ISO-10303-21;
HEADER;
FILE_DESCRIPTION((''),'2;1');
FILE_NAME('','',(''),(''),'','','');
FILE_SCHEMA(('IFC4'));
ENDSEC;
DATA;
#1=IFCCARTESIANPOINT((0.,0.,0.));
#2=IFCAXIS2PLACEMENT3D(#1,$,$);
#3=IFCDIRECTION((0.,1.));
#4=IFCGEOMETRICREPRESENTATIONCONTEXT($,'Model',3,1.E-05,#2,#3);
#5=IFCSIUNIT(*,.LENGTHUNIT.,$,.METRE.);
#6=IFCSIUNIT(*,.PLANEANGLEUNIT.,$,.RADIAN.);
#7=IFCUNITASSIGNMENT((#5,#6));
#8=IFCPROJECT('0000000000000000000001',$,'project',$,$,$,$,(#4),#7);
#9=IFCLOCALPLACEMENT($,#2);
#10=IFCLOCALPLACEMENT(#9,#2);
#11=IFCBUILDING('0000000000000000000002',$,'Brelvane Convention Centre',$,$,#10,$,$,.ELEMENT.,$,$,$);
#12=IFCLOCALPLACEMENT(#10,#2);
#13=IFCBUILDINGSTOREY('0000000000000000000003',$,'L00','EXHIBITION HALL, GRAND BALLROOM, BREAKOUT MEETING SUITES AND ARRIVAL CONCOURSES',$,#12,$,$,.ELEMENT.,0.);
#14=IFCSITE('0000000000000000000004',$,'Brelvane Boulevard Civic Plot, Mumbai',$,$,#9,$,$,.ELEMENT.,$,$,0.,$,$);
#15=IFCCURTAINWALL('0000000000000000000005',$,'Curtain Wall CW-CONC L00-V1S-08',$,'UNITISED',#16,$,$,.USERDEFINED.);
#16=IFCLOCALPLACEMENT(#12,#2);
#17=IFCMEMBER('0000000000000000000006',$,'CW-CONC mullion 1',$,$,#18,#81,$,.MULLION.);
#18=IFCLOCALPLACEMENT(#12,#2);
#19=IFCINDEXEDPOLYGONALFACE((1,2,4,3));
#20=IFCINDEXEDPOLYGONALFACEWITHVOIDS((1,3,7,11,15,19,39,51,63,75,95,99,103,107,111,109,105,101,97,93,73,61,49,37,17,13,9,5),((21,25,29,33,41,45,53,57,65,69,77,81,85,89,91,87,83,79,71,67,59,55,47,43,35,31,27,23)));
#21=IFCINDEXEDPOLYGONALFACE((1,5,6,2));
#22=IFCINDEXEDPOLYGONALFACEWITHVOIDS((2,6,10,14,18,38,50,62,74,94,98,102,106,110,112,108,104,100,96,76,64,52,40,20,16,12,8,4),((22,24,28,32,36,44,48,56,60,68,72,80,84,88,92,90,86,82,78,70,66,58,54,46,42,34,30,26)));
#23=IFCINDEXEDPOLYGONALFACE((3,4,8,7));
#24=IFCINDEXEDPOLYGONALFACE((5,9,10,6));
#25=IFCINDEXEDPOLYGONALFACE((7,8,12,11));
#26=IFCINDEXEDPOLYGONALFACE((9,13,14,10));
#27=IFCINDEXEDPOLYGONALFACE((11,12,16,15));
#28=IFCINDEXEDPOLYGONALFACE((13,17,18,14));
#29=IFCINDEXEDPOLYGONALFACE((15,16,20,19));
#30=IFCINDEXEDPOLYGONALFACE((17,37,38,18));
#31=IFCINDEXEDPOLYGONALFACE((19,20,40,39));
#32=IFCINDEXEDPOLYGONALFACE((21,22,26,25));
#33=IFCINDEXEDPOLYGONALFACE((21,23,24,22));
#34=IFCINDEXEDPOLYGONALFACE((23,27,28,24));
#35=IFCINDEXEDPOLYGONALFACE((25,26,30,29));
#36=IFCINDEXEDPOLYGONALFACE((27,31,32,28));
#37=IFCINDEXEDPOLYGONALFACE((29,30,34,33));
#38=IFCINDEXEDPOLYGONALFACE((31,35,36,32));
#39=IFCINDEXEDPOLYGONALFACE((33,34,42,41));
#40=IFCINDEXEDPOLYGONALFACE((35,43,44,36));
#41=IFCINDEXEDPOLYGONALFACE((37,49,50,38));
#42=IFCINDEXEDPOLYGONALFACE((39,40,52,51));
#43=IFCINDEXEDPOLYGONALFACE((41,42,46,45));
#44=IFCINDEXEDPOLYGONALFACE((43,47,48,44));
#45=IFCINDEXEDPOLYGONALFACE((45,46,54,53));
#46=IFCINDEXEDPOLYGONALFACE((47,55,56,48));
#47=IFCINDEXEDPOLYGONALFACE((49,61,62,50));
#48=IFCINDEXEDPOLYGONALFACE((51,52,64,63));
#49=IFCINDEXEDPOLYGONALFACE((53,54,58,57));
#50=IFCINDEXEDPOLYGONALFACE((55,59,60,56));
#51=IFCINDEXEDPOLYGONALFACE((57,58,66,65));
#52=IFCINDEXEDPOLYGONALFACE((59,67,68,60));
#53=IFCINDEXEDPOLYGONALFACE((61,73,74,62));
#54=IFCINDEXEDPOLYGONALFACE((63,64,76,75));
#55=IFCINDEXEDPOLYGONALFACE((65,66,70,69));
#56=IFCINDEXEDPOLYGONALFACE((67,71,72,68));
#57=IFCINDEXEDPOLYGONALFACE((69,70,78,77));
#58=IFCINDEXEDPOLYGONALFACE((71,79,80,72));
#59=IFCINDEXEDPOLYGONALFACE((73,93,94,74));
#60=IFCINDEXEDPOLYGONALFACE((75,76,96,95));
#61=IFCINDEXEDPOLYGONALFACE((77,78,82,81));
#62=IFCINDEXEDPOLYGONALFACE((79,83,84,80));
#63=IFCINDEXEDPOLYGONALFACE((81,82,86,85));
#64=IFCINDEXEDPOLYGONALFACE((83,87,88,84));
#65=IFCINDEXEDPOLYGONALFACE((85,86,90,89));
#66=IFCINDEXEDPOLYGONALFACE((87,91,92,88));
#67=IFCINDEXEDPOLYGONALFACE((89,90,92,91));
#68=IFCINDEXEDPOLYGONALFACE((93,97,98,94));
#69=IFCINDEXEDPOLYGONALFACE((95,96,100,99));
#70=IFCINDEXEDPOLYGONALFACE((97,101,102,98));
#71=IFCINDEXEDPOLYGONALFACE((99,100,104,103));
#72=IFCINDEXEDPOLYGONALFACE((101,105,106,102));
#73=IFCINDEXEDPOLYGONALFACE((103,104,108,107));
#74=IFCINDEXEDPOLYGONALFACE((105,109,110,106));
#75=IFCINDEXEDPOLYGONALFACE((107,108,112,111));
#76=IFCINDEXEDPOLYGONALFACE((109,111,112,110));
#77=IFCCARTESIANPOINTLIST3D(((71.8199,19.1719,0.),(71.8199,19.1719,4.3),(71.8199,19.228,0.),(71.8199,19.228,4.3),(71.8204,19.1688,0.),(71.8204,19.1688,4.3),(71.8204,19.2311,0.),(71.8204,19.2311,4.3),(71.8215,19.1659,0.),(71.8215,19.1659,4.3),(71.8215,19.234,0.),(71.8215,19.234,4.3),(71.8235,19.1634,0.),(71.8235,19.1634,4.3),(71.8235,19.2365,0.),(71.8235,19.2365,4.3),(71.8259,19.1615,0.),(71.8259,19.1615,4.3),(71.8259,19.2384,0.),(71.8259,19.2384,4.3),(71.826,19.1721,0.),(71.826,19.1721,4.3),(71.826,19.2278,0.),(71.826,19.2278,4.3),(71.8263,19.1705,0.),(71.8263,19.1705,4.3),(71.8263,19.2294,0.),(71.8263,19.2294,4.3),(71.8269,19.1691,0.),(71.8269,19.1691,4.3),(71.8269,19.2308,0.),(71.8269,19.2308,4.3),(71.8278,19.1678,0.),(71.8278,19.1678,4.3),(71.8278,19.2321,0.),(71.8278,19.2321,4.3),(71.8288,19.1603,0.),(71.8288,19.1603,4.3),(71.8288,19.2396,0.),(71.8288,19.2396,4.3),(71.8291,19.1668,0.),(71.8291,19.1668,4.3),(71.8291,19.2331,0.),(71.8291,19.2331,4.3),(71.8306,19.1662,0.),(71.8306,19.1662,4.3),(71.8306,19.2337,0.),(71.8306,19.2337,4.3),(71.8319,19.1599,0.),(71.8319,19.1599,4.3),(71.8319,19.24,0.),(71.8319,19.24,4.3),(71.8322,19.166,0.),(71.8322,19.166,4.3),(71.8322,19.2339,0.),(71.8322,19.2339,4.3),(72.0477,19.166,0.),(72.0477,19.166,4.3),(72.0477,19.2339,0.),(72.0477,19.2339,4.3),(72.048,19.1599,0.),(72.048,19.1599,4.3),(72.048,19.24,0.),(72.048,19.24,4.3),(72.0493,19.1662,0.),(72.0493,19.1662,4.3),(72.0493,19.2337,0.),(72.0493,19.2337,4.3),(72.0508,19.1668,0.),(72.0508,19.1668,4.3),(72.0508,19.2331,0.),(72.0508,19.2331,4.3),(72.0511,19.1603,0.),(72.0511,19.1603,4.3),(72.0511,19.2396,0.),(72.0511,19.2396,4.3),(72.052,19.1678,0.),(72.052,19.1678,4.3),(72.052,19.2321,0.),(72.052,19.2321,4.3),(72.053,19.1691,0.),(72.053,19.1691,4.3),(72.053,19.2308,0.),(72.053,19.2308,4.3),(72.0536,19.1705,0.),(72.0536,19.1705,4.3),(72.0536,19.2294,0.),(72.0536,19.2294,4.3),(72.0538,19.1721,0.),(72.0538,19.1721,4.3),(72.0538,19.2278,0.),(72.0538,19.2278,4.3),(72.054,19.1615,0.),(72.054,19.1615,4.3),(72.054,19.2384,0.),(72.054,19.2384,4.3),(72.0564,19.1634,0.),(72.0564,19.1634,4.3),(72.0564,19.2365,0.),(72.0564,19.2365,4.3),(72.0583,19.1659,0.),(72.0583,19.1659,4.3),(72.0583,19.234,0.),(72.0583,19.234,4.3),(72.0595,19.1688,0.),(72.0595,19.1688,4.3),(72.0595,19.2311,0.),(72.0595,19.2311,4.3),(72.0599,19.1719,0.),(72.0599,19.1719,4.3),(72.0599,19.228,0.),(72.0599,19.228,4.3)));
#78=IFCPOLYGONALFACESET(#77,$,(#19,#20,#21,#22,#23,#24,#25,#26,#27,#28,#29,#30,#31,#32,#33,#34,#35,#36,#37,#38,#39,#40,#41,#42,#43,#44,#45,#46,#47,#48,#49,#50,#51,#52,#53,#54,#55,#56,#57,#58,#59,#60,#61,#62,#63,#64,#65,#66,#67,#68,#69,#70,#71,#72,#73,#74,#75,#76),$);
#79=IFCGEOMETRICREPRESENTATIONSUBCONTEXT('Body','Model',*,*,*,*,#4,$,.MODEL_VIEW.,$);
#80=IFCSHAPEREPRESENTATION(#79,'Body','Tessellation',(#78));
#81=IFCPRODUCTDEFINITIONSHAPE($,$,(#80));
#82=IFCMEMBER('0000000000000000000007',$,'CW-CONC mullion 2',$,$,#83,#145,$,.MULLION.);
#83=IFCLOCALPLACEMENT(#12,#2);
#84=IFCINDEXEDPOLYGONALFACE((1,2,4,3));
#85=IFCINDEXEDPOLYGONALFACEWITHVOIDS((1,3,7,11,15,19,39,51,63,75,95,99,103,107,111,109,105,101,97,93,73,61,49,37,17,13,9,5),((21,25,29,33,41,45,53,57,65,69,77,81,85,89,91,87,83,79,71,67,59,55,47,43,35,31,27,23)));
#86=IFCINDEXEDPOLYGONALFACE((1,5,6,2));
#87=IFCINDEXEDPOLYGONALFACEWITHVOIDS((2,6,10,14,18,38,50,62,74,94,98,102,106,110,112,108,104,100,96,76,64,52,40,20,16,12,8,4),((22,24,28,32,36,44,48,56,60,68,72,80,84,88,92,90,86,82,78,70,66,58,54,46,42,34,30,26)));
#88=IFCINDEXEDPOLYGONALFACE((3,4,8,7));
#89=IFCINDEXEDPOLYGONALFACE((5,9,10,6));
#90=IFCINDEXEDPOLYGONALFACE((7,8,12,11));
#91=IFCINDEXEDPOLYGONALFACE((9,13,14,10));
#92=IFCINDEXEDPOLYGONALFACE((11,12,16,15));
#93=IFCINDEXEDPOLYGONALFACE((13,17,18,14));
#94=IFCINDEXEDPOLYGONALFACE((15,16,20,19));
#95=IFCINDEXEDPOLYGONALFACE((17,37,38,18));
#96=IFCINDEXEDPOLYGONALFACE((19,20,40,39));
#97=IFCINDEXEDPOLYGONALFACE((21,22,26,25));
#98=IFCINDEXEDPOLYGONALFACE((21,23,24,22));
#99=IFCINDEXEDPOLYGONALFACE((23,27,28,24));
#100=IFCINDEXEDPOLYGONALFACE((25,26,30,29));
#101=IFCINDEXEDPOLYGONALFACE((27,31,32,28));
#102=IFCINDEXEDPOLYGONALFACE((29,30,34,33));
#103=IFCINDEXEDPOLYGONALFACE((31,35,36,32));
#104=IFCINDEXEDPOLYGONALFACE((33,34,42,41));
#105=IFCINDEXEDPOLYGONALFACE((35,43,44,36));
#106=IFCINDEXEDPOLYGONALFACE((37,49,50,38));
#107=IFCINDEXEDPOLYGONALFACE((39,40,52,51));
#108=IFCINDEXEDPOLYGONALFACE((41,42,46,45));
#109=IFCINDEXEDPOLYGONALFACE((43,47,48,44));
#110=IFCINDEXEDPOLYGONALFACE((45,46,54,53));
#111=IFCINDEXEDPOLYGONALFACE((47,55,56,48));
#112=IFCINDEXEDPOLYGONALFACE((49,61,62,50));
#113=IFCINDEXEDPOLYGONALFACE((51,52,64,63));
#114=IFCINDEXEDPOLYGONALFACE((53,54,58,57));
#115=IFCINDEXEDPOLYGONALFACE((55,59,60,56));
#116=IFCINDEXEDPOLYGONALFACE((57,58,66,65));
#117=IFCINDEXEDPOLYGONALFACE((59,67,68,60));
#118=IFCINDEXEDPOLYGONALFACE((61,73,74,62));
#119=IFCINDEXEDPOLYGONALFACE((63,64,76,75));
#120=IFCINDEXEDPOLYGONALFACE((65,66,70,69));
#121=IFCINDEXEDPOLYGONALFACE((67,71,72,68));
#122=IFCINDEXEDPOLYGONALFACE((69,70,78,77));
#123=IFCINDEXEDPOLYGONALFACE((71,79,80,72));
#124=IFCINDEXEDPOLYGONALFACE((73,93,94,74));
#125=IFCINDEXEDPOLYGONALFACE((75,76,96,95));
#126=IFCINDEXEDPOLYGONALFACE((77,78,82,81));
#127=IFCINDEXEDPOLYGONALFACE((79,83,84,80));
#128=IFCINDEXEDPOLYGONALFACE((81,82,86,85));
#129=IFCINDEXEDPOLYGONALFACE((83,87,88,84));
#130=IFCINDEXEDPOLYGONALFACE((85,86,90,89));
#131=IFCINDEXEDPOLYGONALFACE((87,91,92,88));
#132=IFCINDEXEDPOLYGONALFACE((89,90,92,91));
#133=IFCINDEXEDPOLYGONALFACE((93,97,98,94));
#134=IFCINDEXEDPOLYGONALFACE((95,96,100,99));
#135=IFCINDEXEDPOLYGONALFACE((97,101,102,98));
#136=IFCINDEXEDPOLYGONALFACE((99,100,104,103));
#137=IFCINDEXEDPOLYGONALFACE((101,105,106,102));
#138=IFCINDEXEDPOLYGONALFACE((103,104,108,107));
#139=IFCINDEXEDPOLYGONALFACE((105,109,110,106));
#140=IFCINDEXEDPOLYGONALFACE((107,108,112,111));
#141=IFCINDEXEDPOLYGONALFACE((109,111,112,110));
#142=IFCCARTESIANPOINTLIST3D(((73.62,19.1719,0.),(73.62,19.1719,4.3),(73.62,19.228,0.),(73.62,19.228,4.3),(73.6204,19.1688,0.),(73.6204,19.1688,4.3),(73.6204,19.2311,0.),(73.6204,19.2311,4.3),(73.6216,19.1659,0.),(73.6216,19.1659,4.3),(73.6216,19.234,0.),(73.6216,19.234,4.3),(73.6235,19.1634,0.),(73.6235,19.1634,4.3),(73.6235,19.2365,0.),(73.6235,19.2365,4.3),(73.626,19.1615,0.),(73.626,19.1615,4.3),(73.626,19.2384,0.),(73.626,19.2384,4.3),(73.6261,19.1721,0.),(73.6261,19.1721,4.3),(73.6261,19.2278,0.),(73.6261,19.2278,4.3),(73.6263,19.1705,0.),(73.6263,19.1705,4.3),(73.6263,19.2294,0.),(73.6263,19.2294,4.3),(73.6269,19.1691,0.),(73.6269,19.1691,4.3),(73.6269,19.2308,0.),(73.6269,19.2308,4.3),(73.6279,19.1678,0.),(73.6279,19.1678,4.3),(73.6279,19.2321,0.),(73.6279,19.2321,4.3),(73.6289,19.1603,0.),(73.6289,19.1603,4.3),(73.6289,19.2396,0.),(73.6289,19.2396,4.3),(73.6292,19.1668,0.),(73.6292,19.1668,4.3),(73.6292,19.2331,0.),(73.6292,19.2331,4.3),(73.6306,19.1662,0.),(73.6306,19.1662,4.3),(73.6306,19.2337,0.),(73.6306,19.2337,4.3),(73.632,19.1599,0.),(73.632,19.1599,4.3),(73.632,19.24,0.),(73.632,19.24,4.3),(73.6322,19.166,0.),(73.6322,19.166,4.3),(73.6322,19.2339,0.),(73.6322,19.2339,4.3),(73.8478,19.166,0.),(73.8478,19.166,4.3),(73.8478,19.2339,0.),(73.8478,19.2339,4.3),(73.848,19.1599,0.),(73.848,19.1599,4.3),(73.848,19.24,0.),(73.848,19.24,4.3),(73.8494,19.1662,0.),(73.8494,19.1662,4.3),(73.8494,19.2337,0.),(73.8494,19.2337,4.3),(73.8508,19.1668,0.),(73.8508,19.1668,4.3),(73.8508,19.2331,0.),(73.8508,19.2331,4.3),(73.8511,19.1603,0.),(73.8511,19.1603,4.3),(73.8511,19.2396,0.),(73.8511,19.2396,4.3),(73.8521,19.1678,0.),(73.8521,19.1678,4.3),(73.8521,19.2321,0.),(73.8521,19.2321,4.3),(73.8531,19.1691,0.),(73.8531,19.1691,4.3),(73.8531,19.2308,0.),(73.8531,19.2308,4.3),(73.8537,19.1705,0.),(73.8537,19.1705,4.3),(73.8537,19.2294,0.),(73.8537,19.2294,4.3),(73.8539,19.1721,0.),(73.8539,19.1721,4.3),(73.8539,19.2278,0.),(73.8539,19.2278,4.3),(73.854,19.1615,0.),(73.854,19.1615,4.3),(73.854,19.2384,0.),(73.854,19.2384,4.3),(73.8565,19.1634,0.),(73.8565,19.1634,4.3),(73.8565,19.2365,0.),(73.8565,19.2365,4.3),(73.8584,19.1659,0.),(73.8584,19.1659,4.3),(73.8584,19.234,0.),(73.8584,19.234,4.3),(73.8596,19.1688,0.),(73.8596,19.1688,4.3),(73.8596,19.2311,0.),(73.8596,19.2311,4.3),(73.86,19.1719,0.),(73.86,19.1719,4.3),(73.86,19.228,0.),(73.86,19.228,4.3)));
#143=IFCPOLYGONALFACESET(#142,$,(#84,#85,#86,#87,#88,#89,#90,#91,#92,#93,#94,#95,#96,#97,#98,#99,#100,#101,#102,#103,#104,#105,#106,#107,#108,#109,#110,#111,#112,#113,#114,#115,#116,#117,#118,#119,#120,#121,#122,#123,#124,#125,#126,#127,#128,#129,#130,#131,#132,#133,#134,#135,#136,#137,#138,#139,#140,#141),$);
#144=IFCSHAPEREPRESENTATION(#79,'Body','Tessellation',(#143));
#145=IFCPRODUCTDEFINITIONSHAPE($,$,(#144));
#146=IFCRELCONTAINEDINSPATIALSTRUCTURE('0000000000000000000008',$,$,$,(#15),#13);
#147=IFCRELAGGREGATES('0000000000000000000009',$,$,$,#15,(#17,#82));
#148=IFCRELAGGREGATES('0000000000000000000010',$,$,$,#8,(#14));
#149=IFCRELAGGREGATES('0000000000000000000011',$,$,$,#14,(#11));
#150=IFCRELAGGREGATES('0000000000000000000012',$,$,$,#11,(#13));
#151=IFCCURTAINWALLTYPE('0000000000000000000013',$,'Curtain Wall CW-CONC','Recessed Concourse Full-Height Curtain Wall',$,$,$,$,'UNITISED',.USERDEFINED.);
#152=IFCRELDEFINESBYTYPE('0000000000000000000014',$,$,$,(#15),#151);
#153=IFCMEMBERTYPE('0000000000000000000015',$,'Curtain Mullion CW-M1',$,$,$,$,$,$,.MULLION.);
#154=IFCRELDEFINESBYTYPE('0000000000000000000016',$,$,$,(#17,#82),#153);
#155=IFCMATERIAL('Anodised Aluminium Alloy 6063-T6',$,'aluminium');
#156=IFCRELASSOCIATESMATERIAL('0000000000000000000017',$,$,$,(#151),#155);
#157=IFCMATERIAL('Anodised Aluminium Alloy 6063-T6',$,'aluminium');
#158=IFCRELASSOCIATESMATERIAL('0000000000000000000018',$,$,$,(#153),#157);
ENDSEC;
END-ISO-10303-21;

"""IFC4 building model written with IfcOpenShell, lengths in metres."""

from ifc_helpers import new_model, si_unit, direction, frame, origin, origin_2d, place, context, subcontext, project, spatial, hollow_rectangle, extrude, material, material_profile, profile_set, type_object, element, aggregate, save


model = new_model("IFC4")

# Units and contexts
model_context = context("Model", 3, precision=1e-05, world=origin(), true_north=direction((0.0, 1.0)))
body_context = subcontext(model_context, "Body", "Model", "MODEL_VIEW")
ifc_project = project(units=[si_unit("LENGTHUNIT", "METRE"), si_unit("PLANEANGLEUNIT", "RADIAN")], contexts=[model_context])

# Site, building, storey
site_placement = place(None, origin())
site = spatial("IfcSite", under=ifc_project, at=site_placement, Name="Brelvane Boulevard Civic Plot, Mumbai", CompositionType="ELEMENT", RefElevation=0.0)
building_placement = place(site_placement, origin())
building = spatial("IfcBuilding", under=site, at=building_placement, Name="Brelvane Convention Centre", CompositionType="ELEMENT")
storey_placement = place(building_placement, origin())
storey = spatial("IfcBuildingStorey", under=building, at=storey_placement, Name="L00", Description="EXHIBITION HALL, GRAND BALLROOM, BREAKOUT MEETING SUITES AND ARRIVAL CONCOURSES", CompositionType="ELEMENT", Elevation=0.0)

# Curtain wall, members
ifc_material_1 = material(Name="Anodised Aluminium Alloy 6063-T6", Category="aluminium")
curtain_wall_type = type_object("IfcCurtainWallType", Name="Curtain Wall CW-CONC", Description="Recessed Concourse Full-Height Curtain Wall", ElementType="UNITISED", PredefinedType="USERDEFINED", material=ifc_material_1)
curtain_wall_placement = place(storey_placement, origin())
curtain_wall = element("IfcCurtainWall", 1, at=curtain_wall_placement, inside=storey, type_object=curtain_wall_type, Name="Curtain Wall CW-CONC L00-V1S-08", ObjectType="UNITISED", PredefinedType="USERDEFINED")
ifc_material_2 = material(Name="Anodised Aluminium Alloy 6063-T6", Category="aluminium")
ifc_material_profile_1 = material_profile(ifc_material_2, hollow_rectangle(XDim=0.0801, YDim=0.24, WallThickness=0.0061, InnerFilletRadius=0.0061, OuterFilletRadius=0.012, at=origin_2d()), Name="ALU-M 240x80x6.0")
ifc_profile_set_1 = profile_set([ifc_material_profile_1], Name="Anodised Aluminium Alloy 6063-T6")
member_type_1 = type_object("IfcMemberType", Name="Curtain Mullion CW-M1", PredefinedType="MULLION", material=ifc_profile_set_1)
member_1_placement = place(storey_placement, frame((71.9399, 19.2, 0.0), z_axis=(0.0, 0.0, 1.0), x_axis=(0.0, 1.0, 0.0)))
member_1 = element("IfcMember", 2, at=member_1_placement, type_object=member_type_1, Name="CW-CONC mullion 1", PredefinedType="MULLION", context=body_context, shape_type="SweptSolid", body=[
    extrude(hollow_rectangle(XDim=0.0801, YDim=0.24, WallThickness=0.0061, InnerFilletRadius=0.0061, OuterFilletRadius=0.012, at=origin_2d()), origin(), (0.0, 0.0, 1.0), 4.3),
])
member_2_placement = place(storey_placement, frame((73.74, 19.2, 0.0), z_axis=(0.0, 0.0, 1.0), x_axis=(0.0, 1.0, 0.0)))
member_2 = element("IfcMember", 3, at=member_2_placement, type_object=member_type_1, Name="CW-CONC mullion 2", PredefinedType="MULLION", context=body_context, shape_type="SweptSolid", body=[
    extrude(hollow_rectangle(XDim=0.0801, YDim=0.24, WallThickness=0.0061, InnerFilletRadius=0.0061, OuterFilletRadius=0.012, at=origin_2d()), origin(), (0.0, 0.0, 1.0), 4.3),
])
aggregate(curtain_wall, [member_1, member_2])

save(model, "model.ifc")
